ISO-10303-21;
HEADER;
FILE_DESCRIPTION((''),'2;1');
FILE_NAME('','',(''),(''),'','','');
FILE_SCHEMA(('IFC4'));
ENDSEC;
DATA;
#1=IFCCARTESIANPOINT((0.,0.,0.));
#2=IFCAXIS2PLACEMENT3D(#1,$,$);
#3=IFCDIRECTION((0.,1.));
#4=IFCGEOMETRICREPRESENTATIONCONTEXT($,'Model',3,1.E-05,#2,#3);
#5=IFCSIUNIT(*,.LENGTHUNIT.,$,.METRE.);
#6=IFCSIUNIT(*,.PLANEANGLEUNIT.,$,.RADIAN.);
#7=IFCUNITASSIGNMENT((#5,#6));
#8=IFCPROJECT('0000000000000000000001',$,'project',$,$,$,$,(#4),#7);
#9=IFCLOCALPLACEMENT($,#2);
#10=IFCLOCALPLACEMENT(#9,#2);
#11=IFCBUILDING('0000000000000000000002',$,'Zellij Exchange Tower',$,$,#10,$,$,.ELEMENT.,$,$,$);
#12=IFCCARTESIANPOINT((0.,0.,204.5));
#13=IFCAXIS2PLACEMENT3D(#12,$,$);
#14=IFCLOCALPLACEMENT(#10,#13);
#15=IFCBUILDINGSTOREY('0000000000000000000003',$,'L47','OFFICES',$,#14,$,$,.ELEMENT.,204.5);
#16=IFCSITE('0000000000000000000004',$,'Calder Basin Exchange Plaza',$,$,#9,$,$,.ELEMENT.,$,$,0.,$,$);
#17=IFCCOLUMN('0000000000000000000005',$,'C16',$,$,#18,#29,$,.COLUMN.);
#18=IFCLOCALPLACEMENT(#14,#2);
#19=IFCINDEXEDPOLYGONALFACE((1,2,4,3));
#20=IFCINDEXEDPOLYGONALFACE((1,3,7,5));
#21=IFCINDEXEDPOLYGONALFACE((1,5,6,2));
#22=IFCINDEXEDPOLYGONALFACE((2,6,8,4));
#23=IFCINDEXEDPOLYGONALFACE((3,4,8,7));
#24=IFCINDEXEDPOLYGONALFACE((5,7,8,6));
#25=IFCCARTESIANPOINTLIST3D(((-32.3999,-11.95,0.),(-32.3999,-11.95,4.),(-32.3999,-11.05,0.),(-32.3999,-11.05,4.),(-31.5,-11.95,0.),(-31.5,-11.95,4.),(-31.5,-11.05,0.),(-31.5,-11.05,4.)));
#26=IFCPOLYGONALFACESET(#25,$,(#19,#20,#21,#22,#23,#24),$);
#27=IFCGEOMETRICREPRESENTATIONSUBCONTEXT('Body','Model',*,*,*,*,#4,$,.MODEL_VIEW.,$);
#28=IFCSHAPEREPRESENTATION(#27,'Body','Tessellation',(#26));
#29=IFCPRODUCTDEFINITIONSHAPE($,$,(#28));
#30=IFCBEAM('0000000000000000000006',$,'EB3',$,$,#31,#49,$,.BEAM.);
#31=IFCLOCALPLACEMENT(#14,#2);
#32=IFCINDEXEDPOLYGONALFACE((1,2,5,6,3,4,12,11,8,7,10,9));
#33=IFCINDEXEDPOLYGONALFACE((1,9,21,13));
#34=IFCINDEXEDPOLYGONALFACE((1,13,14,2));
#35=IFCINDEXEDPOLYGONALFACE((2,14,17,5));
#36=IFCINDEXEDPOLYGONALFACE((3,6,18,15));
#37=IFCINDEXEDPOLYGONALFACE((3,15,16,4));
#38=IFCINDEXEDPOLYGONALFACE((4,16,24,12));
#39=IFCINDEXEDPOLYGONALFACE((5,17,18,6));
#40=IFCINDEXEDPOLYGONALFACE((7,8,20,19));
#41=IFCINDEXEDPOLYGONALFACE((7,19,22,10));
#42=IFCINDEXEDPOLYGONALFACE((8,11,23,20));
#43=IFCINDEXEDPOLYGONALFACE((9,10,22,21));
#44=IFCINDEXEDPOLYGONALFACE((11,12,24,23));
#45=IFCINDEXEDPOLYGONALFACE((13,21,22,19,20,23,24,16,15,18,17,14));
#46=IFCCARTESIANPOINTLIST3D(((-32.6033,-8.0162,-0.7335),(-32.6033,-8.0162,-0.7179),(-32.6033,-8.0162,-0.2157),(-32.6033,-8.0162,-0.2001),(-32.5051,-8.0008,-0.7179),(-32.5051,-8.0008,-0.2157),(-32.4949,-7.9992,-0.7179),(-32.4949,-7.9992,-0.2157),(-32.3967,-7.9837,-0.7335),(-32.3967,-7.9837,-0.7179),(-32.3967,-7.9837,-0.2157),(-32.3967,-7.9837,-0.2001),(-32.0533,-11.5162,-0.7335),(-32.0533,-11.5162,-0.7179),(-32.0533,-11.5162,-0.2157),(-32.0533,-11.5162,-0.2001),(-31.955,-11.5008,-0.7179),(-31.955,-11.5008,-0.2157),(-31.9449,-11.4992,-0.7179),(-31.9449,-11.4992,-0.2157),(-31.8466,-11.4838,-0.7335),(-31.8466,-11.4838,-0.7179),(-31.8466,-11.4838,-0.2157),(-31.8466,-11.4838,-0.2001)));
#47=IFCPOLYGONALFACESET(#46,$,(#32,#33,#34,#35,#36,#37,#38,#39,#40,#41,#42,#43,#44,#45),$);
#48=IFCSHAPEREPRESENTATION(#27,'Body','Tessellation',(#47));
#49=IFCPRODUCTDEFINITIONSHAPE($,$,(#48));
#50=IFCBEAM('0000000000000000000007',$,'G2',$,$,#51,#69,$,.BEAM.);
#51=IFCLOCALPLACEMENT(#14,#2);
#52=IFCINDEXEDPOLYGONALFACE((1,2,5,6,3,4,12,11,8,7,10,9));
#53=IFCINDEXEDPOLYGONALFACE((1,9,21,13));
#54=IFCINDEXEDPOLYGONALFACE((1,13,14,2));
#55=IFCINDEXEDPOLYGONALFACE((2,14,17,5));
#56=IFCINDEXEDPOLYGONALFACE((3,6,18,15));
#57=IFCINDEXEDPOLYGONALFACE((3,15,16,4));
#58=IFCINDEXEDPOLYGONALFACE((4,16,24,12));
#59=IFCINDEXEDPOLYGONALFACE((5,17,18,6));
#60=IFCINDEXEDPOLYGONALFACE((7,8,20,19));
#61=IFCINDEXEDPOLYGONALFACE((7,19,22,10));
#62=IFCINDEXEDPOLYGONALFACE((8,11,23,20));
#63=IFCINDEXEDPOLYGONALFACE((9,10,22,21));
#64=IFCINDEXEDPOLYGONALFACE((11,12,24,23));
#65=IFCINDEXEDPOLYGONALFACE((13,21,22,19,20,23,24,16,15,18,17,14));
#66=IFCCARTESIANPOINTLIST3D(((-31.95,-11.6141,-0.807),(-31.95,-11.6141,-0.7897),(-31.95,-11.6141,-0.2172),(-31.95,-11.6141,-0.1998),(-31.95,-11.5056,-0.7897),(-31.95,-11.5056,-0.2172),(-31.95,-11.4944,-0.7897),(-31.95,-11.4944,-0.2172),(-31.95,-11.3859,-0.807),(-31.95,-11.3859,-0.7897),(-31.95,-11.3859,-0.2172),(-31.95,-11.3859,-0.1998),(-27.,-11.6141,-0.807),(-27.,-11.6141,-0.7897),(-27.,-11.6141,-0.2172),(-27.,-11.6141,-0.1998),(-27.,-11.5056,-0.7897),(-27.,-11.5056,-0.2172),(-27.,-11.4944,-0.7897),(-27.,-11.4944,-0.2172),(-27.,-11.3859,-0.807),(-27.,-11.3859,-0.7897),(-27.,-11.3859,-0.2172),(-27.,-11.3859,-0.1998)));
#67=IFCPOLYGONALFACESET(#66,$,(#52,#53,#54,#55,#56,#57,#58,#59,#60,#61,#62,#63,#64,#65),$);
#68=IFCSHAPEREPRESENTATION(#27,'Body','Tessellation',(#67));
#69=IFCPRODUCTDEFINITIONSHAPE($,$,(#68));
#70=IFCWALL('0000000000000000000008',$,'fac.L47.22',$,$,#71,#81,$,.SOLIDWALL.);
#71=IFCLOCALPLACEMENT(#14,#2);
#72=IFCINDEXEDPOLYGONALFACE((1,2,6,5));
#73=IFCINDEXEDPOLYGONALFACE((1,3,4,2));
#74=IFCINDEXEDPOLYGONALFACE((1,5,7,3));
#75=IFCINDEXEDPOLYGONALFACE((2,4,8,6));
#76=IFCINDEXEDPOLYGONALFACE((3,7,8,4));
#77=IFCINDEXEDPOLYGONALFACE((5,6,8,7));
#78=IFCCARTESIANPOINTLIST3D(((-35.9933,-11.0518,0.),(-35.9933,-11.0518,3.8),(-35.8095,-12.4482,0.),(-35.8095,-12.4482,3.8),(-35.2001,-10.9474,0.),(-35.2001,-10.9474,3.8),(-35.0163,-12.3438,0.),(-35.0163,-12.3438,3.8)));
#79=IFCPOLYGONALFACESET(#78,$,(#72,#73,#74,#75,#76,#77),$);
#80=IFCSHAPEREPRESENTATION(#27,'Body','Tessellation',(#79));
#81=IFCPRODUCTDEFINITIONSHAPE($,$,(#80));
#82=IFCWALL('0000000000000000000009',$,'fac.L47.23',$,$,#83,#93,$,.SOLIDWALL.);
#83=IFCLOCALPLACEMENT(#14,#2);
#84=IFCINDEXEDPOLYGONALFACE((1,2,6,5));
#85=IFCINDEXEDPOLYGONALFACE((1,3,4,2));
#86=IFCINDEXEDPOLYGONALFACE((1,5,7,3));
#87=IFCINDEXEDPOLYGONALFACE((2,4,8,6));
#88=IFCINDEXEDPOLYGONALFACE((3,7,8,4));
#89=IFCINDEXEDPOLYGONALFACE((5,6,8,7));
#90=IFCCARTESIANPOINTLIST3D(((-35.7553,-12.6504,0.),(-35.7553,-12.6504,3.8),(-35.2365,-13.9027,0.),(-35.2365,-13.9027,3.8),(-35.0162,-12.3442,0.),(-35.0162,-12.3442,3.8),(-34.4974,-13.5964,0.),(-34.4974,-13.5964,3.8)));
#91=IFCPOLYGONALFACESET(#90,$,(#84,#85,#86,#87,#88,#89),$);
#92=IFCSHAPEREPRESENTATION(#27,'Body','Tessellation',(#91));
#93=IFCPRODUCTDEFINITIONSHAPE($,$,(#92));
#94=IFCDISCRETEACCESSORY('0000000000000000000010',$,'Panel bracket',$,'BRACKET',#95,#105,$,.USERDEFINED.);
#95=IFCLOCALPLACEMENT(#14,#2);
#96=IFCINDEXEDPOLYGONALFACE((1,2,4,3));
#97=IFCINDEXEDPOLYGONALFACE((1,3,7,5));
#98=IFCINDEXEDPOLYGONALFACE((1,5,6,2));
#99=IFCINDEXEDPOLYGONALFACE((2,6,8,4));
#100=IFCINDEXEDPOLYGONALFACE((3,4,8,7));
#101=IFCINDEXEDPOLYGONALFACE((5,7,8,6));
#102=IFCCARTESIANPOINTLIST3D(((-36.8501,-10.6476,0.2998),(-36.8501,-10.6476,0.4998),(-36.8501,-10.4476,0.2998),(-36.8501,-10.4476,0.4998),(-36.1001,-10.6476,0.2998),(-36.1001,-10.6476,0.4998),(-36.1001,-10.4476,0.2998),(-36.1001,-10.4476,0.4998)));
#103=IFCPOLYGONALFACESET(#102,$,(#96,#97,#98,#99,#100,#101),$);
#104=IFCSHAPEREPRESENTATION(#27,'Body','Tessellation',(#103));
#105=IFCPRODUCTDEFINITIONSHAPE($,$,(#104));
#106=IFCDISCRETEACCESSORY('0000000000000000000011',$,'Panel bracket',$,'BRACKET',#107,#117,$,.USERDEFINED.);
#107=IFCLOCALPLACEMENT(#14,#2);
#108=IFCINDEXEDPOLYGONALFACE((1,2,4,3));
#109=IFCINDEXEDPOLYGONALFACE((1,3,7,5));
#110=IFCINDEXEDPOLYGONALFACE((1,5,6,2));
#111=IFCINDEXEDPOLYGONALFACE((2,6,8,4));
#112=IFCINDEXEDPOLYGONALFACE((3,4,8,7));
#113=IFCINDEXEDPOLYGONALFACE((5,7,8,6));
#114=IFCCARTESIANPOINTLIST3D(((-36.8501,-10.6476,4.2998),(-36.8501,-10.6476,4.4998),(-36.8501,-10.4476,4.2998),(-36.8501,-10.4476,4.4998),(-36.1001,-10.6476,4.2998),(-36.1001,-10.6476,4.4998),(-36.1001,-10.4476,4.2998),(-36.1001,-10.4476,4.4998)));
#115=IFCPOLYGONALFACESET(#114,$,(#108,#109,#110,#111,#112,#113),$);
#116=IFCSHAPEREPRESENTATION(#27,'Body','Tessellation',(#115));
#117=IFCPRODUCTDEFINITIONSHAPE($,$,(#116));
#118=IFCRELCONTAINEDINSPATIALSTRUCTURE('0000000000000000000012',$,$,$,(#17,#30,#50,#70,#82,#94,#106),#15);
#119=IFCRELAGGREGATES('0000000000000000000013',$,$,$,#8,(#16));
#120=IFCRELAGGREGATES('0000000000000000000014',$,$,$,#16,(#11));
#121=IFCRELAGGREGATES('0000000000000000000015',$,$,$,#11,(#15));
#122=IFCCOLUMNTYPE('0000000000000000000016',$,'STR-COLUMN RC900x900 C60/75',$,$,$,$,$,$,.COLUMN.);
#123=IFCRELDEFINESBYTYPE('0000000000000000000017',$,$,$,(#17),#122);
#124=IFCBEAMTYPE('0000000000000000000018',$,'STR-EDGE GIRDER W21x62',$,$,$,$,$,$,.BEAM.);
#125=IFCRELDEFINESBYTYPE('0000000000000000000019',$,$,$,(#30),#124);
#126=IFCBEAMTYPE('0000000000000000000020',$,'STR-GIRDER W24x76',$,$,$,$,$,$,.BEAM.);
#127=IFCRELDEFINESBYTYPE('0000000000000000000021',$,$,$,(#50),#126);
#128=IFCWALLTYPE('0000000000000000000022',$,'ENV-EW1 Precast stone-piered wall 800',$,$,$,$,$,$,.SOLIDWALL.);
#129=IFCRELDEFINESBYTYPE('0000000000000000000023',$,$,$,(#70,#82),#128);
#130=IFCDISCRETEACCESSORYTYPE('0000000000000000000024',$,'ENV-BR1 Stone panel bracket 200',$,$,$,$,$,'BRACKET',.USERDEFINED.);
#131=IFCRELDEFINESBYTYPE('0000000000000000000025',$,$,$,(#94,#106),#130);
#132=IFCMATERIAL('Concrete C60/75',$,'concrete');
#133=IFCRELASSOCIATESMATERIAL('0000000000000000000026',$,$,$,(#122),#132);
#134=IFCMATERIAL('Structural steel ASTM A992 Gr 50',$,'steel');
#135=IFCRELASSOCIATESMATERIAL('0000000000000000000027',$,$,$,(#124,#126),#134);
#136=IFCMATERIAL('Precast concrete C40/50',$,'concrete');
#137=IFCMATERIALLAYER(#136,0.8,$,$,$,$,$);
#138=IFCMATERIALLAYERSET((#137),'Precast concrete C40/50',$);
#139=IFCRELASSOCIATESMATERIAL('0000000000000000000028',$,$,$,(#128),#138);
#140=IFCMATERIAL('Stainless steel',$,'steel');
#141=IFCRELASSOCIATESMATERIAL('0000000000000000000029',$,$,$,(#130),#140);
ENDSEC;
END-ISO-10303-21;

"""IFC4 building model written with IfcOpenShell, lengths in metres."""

from ifc_helpers import new_model, si_unit, direction, frame, frame_2d, origin, origin_2d, place, context, subcontext, project, spatial, rectangle, i_section, extrude, material, layer, layer_set, material_profile, profile_set, type_object, element, save


model = new_model("IFC4")

# Units and contexts
model_context = context("Model", 3, precision=1e-05, world=origin(), true_north=direction((0.0, 1.0)))
body_context = subcontext(model_context, "Body", "Model", "MODEL_VIEW")
ifc_project = project(units=[si_unit("LENGTHUNIT", "METRE"), si_unit("PLANEANGLEUNIT", "RADIAN")], contexts=[model_context])

# Site, building, storey
site_placement = place(None, origin())
site = spatial("IfcSite", under=ifc_project, at=site_placement, Name="Calder Basin Exchange Plaza", CompositionType="ELEMENT", RefElevation=0.0)
building_placement = place(site_placement, origin())
building = spatial("IfcBuilding", under=site, at=building_placement, Name="Zellij Exchange Tower", CompositionType="ELEMENT")
storey_placement = place(building_placement, frame((0.0, 0.0, 204.5)))
storey = spatial("IfcBuildingStorey", under=building, at=storey_placement, Name="L47", Description="OFFICES", CompositionType="ELEMENT", Elevation=204.5)

# Column
ifc_material_1 = material(Name="Concrete C60/75", Category="concrete")
ifc_material_profile_1 = material_profile(ifc_material_1, rectangle(XDim=0.8999, YDim=0.8999, at=origin_2d()), Name="STR-COLUMN RC900x900 C60/75")
ifc_profile_set_1 = profile_set([ifc_material_profile_1], Name="Concrete C60/75")
column_type = type_object("IfcColumnType", Name="STR-COLUMN RC900x900 C60/75", PredefinedType="COLUMN", material=ifc_profile_set_1)
column_placement = place(storey_placement, frame((-31.95, -11.5, 0.0), z_axis=(0.0, 0.0, 1.0), x_axis=(1.0, 0.0, 0.0)))
element("IfcColumn", 1, at=column_placement, inside=storey, type_object=column_type, Name="C16", PredefinedType="COLUMN", context=body_context, shape_type="SweptSolid", body=[
    extrude(rectangle(XDim=0.8999, YDim=0.8999, at=origin_2d()), origin(), (0.0, 0.0, 1.0), 4.0),
])

# Beams
ifc_material_2 = material(Name="Structural steel ASTM A992 Gr 50", Category="steel")
ifc_material_profile_2 = material_profile(ifc_material_2, i_section(OverallWidth=0.2092, OverallDepth=0.5334, WebThickness=0.0103, FlangeThickness=0.0156, at=origin_2d()), Name="W21x62")
ifc_profile_set_2 = profile_set([ifc_material_profile_2], Name="Structural steel ASTM A992 Gr 50")
beam_type_1 = type_object("IfcBeamType", Name="STR-EDGE GIRDER W21x62", PredefinedType="BEAM", material=ifc_profile_set_2)
beam_1_placement = place(storey_placement, frame((-31.95, -11.5, -0.4668), z_axis=(-0.155251, 0.987875, 0.0), x_axis=(-0.987875, -0.155251, 0.0)))
element("IfcBeam", 2, at=beam_1_placement, inside=storey, type_object=beam_type_1, Name="EB3", PredefinedType="BEAM", context=body_context, shape_type="SweptSolid", body=[
    extrude(i_section(OverallWidth=0.2092, OverallDepth=0.5334, WebThickness=0.0103, FlangeThickness=0.0156, at=origin_2d()), origin(), (0.0, 0.0, 1.0), 3.543),
])
ifc_material_profile_3 = material_profile(ifc_material_2, i_section(OverallWidth=0.2283, OverallDepth=0.6072, WebThickness=0.0112, FlangeThickness=0.0173, at=origin_2d()), Name="W24x76")
ifc_profile_set_3 = profile_set([ifc_material_profile_3], Name="Structural steel ASTM A992 Gr 50")
beam_type_2 = type_object("IfcBeamType", Name="STR-GIRDER W24x76", PredefinedType="BEAM", material=ifc_profile_set_3)
beam_2_placement = place(storey_placement, frame((-31.95, -11.5, -0.5034), z_axis=(1.0, 0.0, 0.0), x_axis=(0.0, 1.0, 0.0)))
element("IfcBeam", 3, at=beam_2_placement, inside=storey, type_object=beam_type_2, Name="G2", PredefinedType="BEAM", context=body_context, shape_type="SweptSolid", body=[
    extrude(i_section(OverallWidth=0.2283, OverallDepth=0.6072, WebThickness=0.0112, FlangeThickness=0.0173, at=origin_2d()), origin(), (0.0, 0.0, 1.0), 4.95),
])

# Walls
ifc_material_3 = material(Name="Precast concrete C40/50", Category="concrete")
ifc_layer = layer(ifc_material_3, 0.8)
ifc_layer_set = layer_set([ifc_layer], Name="Precast concrete C40/50")
wall_type = type_object("IfcWallType", Name="ENV-EW1 Precast stone-piered wall 800", PredefinedType="SOLIDWALL", material=ifc_layer_set)
wall_1_placement = place(storey_placement, frame((-35.5967, -10.9998, 0.0), z_axis=(0.0, 0.0, 1.0), x_axis=(0.130517, -0.991446, 0.0)))
element("IfcWall", 4, at=wall_1_placement, inside=storey, type_object=wall_type, Name="fac.L47.22", PredefinedType="SOLIDWALL", context=body_context, shape_type="SweptSolid", body=[
    extrude(rectangle(XDim=1.4084, YDim=0.8, at=frame_2d((0.7041, 0.0))), origin(), (0.0, 0.0, 1.0), 3.8),
])
wall_2_placement = place(storey_placement, frame((-35.3857, -12.4973, 0.0), z_axis=(0.0, 0.0, 1.0), x_axis=(0.38276, -0.923848, 0.0)))
element("IfcWall", 5, at=wall_2_placement, inside=storey, type_object=wall_type, Name="fac.L47.23", PredefinedType="SOLIDWALL", context=body_context, shape_type="SweptSolid", body=[
    extrude(rectangle(XDim=1.3555, YDim=0.8, at=frame_2d((0.6777, 0.0))), origin(), (0.0, 0.0, 1.0), 3.8),
])

# Discrete accessories
ifc_material_4 = material(Name="Stainless steel", Category="steel")
discrete_accessory_type = type_object("IfcDiscreteAccessoryType", Name="ENV-BR1 Stone panel bracket 200", ElementType="BRACKET", PredefinedType="USERDEFINED", material=ifc_material_4)
for number, where, z_axis, x_axis, name in (
    (6, (-36.4751, -10.5476, 0.2998), (0.0, 0.0, 1.0), (0.0, -1.0, 0.0), "Panel bracket"),
    (7, (-36.4751, -10.5476, 4.2998), (0.0, 0.0, 1.0), (0.0, -1.0, 0.0), "Panel bracket"),
):
    element("IfcDiscreteAccessory", number, at=place(storey_placement, frame(where, z_axis=z_axis, x_axis=x_axis)), inside=storey, type_object=discrete_accessory_type, Name=name, ObjectType="BRACKET", PredefinedType="USERDEFINED", context=body_context, shape_type="SweptSolid", body=[
        extrude(rectangle(XDim=0.2, YDim=0.75, at=origin_2d()), origin(), (0.0, 0.0, 1.0), 0.2),
    ])

save(model, "model.ifc")
